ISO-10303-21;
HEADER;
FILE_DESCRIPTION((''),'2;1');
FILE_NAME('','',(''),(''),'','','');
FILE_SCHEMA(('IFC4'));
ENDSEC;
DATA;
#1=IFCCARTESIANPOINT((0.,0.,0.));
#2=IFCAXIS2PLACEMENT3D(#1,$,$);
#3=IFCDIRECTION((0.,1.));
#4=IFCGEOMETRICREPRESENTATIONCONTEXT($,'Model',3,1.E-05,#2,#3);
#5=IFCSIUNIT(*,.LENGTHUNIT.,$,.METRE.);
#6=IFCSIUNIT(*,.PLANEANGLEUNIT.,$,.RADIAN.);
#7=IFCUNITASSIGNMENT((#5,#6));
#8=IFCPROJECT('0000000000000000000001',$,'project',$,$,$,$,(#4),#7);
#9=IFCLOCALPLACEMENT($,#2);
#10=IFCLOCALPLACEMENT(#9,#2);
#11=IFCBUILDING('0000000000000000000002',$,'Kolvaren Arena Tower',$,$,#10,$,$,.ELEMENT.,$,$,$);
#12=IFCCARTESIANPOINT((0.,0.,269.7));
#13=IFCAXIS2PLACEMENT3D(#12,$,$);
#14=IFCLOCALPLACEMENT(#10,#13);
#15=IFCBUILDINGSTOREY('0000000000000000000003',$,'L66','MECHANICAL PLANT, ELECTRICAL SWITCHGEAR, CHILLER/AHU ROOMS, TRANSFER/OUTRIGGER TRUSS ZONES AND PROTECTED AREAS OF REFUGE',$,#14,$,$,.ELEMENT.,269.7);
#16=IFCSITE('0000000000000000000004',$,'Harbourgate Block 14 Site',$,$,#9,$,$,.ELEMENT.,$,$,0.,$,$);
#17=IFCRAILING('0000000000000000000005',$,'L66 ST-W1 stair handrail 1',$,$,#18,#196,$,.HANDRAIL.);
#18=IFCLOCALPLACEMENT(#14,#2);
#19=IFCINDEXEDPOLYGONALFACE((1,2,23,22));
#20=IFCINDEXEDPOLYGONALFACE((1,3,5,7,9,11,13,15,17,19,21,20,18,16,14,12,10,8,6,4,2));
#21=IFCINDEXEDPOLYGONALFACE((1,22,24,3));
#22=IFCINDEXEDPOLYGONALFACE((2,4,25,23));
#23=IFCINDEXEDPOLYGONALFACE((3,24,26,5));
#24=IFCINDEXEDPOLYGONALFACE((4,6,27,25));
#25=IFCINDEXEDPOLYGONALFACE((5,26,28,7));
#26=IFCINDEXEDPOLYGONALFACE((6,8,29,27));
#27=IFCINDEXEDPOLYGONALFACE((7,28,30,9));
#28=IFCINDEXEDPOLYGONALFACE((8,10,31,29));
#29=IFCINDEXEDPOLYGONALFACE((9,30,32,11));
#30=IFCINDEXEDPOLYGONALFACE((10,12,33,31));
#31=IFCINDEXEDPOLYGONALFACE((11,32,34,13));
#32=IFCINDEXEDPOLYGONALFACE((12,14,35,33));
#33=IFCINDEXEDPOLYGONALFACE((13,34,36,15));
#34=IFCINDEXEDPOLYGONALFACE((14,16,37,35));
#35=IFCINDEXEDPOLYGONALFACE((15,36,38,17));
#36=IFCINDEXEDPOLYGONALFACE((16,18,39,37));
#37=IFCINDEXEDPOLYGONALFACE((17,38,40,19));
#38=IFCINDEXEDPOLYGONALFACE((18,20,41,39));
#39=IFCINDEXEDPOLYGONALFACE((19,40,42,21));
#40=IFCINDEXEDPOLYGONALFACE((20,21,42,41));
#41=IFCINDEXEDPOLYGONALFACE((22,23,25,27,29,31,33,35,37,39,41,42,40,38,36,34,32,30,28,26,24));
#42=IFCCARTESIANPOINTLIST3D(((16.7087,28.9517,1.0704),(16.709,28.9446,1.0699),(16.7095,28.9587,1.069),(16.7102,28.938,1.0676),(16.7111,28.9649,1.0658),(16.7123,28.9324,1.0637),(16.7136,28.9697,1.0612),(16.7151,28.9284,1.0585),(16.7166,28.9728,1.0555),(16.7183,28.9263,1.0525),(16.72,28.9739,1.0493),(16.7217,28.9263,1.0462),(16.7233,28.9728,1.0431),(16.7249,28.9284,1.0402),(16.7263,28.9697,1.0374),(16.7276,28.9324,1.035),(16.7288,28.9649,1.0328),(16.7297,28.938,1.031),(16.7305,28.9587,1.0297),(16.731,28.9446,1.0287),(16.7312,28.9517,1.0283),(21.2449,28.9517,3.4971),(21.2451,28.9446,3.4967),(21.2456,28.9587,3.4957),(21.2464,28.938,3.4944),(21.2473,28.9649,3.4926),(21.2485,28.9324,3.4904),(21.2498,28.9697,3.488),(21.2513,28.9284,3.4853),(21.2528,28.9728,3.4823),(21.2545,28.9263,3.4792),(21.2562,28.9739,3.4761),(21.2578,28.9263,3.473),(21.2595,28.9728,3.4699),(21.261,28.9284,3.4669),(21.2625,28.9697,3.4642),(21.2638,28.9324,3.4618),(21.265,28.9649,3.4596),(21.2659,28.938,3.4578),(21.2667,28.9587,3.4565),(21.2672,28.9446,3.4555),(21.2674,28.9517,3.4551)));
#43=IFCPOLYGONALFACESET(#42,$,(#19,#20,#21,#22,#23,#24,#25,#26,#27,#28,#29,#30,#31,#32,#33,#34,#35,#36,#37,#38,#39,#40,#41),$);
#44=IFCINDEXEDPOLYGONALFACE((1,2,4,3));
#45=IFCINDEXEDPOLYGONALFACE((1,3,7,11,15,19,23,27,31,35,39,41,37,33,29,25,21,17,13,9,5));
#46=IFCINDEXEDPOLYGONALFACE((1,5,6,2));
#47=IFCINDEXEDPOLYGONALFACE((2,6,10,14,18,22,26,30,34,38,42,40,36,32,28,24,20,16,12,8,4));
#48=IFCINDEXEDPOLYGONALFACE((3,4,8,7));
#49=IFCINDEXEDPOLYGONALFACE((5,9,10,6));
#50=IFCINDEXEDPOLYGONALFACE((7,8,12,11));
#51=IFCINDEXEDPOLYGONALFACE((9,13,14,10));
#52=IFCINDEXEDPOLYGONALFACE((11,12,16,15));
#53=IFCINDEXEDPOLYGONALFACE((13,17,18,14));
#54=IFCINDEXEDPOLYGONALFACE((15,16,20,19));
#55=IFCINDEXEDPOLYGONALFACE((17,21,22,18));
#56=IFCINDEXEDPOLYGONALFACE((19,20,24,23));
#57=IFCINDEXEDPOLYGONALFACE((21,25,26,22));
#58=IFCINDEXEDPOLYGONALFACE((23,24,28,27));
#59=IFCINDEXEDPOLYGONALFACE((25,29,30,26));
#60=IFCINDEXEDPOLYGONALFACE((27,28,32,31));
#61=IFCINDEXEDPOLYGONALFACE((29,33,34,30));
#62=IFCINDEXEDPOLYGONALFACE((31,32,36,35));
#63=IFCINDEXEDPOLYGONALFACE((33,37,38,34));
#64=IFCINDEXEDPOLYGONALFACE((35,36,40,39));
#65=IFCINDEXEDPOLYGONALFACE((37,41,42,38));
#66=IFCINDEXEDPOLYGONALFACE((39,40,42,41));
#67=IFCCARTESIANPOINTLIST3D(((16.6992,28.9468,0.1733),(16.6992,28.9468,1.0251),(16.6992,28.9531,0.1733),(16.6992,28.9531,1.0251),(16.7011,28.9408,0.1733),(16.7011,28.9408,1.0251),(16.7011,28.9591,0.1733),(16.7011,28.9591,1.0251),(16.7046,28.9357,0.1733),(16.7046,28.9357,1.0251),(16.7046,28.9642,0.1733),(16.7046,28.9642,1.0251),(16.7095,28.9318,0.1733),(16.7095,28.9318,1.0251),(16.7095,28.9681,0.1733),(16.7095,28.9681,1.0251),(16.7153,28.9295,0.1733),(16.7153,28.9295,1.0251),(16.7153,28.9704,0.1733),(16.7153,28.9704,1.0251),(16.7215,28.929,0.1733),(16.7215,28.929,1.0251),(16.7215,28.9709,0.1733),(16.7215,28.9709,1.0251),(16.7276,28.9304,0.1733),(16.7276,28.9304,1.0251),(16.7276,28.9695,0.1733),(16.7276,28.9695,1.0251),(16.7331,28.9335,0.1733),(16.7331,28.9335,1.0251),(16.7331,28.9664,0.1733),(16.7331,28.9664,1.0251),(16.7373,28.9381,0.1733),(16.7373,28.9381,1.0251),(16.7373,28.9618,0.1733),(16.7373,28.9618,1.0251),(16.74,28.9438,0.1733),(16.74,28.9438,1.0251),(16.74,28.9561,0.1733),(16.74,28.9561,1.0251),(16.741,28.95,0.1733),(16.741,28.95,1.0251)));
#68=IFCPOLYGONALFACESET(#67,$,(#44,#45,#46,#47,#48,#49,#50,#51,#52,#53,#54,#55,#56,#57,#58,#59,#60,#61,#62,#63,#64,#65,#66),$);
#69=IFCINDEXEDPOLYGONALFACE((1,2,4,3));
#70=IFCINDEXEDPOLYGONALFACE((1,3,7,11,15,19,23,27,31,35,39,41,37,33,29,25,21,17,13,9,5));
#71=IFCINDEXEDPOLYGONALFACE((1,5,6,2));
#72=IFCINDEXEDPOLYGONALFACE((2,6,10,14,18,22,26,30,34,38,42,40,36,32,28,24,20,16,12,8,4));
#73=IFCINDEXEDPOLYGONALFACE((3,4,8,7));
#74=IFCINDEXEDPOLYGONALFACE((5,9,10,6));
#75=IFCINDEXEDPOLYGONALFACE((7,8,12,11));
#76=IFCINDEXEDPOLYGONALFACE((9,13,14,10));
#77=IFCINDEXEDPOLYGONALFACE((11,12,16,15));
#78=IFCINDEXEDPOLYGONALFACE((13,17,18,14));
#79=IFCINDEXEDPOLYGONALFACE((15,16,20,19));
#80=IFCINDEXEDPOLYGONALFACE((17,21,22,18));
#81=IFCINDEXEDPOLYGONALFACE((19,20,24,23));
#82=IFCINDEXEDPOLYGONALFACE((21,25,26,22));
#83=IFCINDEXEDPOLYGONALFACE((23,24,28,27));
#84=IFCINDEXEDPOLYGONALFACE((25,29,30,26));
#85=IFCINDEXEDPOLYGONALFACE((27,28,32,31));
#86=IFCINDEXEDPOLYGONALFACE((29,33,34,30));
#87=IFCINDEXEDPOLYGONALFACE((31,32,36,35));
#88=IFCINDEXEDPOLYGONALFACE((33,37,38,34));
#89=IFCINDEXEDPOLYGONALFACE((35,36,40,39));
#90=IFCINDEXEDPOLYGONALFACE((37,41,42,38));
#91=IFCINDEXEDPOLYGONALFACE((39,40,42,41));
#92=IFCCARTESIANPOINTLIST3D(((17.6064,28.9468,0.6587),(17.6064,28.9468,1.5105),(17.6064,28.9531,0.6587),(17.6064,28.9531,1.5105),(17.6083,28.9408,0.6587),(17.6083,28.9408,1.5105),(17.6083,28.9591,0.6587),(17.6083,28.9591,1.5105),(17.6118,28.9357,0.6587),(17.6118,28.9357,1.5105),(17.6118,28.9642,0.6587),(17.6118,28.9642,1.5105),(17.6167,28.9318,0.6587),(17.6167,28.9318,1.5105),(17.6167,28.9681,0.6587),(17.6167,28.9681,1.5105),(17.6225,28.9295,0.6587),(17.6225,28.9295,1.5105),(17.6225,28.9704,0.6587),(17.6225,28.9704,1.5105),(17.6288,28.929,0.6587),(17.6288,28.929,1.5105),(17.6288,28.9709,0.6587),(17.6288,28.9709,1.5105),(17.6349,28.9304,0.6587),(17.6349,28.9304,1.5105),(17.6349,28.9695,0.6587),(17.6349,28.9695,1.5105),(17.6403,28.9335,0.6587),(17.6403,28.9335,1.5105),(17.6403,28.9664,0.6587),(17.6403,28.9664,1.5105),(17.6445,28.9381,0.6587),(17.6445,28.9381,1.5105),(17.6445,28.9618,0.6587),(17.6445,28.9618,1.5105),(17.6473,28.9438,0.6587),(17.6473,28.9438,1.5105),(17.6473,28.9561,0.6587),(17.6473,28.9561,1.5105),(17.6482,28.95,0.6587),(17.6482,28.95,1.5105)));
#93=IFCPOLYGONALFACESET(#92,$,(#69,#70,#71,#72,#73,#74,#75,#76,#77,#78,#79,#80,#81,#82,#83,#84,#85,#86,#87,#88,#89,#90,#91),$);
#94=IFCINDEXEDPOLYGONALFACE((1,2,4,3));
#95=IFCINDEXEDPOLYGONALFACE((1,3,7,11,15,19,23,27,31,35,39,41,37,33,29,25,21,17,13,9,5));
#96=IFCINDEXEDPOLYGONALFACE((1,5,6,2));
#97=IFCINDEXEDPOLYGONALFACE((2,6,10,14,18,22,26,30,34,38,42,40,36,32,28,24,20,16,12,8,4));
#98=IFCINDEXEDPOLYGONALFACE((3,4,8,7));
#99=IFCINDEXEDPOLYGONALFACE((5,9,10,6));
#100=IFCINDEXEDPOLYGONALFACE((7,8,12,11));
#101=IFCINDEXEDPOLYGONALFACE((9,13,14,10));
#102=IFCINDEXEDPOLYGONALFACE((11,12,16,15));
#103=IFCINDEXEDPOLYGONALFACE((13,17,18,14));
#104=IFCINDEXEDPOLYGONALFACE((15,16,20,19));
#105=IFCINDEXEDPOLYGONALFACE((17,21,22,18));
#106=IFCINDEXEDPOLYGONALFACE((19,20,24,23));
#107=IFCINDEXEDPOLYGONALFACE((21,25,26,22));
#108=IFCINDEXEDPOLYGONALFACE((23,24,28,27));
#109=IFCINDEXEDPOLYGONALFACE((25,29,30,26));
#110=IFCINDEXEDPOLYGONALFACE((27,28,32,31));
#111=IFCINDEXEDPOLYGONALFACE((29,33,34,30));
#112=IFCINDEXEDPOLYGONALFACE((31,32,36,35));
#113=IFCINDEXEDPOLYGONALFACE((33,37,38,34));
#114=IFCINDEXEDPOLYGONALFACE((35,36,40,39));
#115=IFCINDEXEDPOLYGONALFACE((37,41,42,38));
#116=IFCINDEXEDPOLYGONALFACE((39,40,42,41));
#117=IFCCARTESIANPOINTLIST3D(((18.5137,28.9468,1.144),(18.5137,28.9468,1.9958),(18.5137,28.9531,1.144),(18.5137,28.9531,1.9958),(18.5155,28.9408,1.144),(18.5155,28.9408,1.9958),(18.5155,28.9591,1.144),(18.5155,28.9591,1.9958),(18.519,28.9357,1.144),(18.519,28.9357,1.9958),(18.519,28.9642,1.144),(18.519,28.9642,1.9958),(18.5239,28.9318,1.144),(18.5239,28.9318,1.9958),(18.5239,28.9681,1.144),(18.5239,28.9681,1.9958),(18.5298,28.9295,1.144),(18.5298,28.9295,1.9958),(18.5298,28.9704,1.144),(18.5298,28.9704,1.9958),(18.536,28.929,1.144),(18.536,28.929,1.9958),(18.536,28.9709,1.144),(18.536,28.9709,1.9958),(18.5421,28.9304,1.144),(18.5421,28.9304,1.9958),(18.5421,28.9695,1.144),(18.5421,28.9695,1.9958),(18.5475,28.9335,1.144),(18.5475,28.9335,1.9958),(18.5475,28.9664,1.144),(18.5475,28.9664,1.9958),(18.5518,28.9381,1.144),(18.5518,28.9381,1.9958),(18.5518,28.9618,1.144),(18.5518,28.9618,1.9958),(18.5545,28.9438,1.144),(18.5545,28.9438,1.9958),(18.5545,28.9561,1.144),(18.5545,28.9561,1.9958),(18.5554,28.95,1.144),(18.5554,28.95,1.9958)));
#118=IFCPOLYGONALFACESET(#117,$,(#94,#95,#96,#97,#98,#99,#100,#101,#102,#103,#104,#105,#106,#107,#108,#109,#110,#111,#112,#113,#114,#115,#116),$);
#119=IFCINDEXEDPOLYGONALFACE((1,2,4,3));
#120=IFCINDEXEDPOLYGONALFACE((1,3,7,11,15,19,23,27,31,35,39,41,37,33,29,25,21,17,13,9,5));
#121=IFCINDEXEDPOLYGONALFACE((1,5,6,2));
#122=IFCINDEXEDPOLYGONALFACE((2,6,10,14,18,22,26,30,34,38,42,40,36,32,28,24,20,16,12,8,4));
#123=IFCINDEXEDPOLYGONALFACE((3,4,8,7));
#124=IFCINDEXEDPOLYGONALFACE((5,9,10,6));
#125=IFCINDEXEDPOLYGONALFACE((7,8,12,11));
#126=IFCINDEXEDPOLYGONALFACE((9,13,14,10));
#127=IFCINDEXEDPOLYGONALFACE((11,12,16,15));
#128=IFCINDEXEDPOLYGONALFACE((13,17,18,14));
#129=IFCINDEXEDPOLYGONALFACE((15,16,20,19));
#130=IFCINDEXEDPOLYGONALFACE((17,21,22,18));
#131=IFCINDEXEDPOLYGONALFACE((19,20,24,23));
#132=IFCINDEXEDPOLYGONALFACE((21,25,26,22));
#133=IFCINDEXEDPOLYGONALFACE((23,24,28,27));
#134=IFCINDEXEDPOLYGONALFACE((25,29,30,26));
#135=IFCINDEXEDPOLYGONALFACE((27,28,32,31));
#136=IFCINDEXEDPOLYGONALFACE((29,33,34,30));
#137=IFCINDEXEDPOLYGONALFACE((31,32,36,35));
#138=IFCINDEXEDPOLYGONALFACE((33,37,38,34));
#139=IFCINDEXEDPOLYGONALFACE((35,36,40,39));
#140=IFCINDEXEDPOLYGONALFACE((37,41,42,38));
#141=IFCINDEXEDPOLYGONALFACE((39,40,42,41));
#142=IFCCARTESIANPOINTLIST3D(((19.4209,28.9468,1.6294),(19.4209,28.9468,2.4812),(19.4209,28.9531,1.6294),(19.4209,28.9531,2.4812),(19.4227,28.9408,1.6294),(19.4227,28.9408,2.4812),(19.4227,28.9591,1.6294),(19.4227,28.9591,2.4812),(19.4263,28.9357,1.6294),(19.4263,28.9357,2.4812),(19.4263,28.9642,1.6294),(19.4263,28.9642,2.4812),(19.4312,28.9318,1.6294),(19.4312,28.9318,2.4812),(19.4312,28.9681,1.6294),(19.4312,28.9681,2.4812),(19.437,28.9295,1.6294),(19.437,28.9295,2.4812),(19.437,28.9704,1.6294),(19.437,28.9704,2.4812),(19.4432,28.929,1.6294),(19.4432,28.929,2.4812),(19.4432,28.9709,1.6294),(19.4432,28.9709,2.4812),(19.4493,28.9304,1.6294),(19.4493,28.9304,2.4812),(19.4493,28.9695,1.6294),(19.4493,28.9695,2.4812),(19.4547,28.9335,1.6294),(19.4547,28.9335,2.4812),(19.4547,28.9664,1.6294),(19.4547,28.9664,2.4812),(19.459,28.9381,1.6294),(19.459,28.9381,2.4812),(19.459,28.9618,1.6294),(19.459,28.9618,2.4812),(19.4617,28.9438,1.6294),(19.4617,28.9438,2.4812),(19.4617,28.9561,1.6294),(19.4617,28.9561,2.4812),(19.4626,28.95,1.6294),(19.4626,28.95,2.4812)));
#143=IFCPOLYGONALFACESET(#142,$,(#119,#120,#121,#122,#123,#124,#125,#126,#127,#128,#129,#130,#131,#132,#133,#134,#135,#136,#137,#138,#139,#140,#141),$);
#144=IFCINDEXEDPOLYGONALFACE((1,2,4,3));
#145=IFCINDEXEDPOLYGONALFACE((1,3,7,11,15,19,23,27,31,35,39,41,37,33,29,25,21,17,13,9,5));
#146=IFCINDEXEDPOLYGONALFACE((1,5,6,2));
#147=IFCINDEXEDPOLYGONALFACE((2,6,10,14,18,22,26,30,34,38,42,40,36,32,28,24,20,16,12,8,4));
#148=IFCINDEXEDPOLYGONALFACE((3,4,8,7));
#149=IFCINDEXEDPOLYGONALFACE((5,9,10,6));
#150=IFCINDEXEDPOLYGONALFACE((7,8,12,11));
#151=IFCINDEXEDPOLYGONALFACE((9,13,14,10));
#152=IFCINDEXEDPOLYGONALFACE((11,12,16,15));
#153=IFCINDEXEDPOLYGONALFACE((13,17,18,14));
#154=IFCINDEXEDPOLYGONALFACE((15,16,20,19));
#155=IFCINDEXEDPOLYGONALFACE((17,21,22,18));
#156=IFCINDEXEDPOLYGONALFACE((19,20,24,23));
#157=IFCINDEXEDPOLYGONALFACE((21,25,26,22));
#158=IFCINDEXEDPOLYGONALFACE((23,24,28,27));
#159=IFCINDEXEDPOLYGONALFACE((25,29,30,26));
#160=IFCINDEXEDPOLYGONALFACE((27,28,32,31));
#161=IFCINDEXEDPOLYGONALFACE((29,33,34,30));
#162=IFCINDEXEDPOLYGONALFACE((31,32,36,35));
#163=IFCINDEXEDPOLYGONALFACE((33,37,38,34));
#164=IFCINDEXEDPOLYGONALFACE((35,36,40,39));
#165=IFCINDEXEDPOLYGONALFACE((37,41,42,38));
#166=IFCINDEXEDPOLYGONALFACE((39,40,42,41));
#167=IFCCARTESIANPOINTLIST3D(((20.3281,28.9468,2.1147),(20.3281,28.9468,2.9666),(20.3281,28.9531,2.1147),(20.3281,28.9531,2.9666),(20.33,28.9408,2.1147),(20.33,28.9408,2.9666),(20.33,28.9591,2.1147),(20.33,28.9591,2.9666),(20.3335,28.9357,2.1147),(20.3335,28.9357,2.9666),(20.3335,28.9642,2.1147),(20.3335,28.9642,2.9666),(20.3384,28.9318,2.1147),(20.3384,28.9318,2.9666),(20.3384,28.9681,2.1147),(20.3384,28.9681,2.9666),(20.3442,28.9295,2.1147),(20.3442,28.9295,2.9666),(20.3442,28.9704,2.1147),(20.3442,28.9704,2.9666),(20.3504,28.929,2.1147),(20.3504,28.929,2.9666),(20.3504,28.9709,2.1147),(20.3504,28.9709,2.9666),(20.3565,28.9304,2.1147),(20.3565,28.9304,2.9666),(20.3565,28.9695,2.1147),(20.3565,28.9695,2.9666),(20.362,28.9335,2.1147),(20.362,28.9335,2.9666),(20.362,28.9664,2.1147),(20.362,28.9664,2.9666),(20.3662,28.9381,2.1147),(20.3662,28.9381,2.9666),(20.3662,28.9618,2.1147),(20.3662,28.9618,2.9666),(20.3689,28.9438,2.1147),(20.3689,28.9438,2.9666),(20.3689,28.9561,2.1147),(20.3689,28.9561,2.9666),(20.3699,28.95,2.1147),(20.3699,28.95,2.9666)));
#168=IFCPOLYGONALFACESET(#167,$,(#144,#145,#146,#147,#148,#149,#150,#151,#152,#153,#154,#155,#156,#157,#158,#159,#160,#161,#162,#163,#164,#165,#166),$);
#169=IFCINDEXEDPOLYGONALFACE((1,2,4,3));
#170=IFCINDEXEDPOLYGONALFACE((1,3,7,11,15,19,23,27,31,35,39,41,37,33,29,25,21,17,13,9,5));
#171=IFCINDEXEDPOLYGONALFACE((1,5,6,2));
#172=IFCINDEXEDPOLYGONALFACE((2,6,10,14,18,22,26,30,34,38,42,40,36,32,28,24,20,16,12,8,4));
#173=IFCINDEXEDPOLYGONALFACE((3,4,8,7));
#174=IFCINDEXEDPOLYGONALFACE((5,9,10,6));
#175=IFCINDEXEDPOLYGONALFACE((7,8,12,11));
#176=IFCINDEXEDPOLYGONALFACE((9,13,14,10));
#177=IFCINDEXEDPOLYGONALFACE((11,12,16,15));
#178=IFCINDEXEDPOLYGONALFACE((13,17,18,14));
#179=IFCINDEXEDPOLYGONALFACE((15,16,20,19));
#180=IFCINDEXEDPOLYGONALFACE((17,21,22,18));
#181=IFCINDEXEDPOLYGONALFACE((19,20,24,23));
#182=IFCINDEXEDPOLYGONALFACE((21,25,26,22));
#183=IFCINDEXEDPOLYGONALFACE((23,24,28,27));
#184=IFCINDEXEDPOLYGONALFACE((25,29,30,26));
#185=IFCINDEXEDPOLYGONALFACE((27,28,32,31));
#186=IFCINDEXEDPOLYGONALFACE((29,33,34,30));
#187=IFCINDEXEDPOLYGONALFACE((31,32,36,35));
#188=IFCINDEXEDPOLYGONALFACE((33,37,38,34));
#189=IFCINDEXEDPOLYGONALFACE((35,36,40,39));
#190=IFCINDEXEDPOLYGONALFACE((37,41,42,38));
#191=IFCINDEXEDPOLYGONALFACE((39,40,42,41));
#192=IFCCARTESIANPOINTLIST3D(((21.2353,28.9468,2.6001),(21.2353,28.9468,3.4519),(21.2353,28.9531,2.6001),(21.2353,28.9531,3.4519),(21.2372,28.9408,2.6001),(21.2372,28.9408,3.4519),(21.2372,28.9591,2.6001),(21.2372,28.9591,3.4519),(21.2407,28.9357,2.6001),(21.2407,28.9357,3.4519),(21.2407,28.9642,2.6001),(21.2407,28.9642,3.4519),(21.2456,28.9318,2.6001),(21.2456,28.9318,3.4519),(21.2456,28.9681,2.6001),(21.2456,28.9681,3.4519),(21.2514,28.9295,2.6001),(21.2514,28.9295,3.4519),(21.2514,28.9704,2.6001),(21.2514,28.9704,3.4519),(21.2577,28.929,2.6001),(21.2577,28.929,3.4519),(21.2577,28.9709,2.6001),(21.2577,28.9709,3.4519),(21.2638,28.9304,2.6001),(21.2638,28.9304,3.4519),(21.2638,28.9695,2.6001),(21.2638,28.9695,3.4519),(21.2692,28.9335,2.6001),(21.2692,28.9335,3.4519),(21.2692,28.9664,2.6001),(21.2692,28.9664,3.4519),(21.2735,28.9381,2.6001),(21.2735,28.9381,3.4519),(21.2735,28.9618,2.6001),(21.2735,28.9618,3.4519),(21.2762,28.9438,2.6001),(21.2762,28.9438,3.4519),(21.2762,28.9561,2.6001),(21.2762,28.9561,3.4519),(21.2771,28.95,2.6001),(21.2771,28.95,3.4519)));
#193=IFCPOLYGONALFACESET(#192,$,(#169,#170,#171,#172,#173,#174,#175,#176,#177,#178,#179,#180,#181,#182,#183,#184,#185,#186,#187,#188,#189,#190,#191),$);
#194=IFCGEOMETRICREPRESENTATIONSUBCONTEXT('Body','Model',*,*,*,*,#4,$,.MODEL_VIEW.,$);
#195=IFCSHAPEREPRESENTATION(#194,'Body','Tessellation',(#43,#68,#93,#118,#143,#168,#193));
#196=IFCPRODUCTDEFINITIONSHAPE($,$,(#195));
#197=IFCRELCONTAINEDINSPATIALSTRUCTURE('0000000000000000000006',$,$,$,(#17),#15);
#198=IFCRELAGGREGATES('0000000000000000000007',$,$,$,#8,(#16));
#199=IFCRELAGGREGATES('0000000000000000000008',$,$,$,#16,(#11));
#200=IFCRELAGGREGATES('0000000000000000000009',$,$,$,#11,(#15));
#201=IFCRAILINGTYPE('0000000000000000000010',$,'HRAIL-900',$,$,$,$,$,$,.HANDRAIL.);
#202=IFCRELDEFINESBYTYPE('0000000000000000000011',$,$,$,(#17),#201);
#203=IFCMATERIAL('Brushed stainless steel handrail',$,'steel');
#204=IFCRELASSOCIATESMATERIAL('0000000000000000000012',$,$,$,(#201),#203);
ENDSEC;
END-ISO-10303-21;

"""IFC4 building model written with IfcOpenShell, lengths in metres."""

from ifc_helpers import new_model, si_unit, direction, frame, origin, origin_2d, place, context, subcontext, project, spatial, circle, extrude, material, type_object, element, save


model = new_model("IFC4")

# Units and contexts
model_context = context("Model", 3, precision=1e-05, world=origin(), true_north=direction((0.0, 1.0)))
body_context = subcontext(model_context, "Body", "Model", "MODEL_VIEW")
ifc_project = project(units=[si_unit("LENGTHUNIT", "METRE"), si_unit("PLANEANGLEUNIT", "RADIAN")], contexts=[model_context])

# Site, building, storey
site_placement = place(None, origin())
site = spatial("IfcSite", under=ifc_project, at=site_placement, Name="Harbourgate Block 14 Site", CompositionType="ELEMENT", RefElevation=0.0)
building_placement = place(site_placement, origin())
building = spatial("IfcBuilding", under=site, at=building_placement, Name="Kolvaren Arena Tower", CompositionType="ELEMENT")
storey_placement = place(building_placement, frame((0.0, 0.0, 269.7)))
storey = spatial("IfcBuildingStorey", under=building, at=storey_placement, Name="L66", Description="MECHANICAL PLANT, ELECTRICAL SWITCHGEAR, CHILLER/AHU ROOMS, TRANSFER/OUTRIGGER TRUSS ZONES AND PROTECTED AREAS OF REFUGE", CompositionType="ELEMENT", Elevation=269.7)

# Railing
ifc_material_1 = material(Name="Brushed stainless steel handrail", Category="steel")
railing_type_1 = type_object("IfcRailingType", Name="HRAIL-900", PredefinedType="HANDRAIL", material=ifc_material_1)
railing_1_placement = place(storey_placement, frame((16.72, 28.95, 0.1733)))
element("IfcRailing", 1, at=railing_1_placement, inside=storey, type_object=railing_type_1, Name="L66 ST-W1 stair handrail 1", PredefinedType="HANDRAIL", context=body_context, shape_type="SweptSolid", body=[
    extrude(circle(Radius=0.0239, at=origin_2d()), frame((0.0, 0.0, 0.876), z_axis=(0.881748, 0.0, 0.471721), x_axis=(0.0, 1.0, 0.0)), (0.0, 0.0, 1.0), 5.1445),
    extrude(circle(Radius=0.021, at=origin_2d()), origin(), (0.0, 0.0, 1.0), 0.8518),
    extrude(circle(Radius=0.021, at=origin_2d()), frame((0.9072, 0.0, 0.4854)), (0.0, 0.0, 1.0), 0.8518),
    extrude(circle(Radius=0.021, at=origin_2d()), frame((1.8145, 0.0, 0.9707)), (0.0, 0.0, 1.0), 0.8518),
    extrude(circle(Radius=0.021, at=origin_2d()), frame((2.7217, 0.0, 1.4561)), (0.0, 0.0, 1.0), 0.8518),
    extrude(circle(Radius=0.021, at=origin_2d()), frame((3.6289, 0.0, 1.9414)), (0.0, 0.0, 1.0), 0.8518),
    extrude(circle(Radius=0.021, at=origin_2d()), frame((4.5361, 0.0, 2.4268)), (0.0, 0.0, 1.0), 0.8518),
])

save(model, "model.ifc")
